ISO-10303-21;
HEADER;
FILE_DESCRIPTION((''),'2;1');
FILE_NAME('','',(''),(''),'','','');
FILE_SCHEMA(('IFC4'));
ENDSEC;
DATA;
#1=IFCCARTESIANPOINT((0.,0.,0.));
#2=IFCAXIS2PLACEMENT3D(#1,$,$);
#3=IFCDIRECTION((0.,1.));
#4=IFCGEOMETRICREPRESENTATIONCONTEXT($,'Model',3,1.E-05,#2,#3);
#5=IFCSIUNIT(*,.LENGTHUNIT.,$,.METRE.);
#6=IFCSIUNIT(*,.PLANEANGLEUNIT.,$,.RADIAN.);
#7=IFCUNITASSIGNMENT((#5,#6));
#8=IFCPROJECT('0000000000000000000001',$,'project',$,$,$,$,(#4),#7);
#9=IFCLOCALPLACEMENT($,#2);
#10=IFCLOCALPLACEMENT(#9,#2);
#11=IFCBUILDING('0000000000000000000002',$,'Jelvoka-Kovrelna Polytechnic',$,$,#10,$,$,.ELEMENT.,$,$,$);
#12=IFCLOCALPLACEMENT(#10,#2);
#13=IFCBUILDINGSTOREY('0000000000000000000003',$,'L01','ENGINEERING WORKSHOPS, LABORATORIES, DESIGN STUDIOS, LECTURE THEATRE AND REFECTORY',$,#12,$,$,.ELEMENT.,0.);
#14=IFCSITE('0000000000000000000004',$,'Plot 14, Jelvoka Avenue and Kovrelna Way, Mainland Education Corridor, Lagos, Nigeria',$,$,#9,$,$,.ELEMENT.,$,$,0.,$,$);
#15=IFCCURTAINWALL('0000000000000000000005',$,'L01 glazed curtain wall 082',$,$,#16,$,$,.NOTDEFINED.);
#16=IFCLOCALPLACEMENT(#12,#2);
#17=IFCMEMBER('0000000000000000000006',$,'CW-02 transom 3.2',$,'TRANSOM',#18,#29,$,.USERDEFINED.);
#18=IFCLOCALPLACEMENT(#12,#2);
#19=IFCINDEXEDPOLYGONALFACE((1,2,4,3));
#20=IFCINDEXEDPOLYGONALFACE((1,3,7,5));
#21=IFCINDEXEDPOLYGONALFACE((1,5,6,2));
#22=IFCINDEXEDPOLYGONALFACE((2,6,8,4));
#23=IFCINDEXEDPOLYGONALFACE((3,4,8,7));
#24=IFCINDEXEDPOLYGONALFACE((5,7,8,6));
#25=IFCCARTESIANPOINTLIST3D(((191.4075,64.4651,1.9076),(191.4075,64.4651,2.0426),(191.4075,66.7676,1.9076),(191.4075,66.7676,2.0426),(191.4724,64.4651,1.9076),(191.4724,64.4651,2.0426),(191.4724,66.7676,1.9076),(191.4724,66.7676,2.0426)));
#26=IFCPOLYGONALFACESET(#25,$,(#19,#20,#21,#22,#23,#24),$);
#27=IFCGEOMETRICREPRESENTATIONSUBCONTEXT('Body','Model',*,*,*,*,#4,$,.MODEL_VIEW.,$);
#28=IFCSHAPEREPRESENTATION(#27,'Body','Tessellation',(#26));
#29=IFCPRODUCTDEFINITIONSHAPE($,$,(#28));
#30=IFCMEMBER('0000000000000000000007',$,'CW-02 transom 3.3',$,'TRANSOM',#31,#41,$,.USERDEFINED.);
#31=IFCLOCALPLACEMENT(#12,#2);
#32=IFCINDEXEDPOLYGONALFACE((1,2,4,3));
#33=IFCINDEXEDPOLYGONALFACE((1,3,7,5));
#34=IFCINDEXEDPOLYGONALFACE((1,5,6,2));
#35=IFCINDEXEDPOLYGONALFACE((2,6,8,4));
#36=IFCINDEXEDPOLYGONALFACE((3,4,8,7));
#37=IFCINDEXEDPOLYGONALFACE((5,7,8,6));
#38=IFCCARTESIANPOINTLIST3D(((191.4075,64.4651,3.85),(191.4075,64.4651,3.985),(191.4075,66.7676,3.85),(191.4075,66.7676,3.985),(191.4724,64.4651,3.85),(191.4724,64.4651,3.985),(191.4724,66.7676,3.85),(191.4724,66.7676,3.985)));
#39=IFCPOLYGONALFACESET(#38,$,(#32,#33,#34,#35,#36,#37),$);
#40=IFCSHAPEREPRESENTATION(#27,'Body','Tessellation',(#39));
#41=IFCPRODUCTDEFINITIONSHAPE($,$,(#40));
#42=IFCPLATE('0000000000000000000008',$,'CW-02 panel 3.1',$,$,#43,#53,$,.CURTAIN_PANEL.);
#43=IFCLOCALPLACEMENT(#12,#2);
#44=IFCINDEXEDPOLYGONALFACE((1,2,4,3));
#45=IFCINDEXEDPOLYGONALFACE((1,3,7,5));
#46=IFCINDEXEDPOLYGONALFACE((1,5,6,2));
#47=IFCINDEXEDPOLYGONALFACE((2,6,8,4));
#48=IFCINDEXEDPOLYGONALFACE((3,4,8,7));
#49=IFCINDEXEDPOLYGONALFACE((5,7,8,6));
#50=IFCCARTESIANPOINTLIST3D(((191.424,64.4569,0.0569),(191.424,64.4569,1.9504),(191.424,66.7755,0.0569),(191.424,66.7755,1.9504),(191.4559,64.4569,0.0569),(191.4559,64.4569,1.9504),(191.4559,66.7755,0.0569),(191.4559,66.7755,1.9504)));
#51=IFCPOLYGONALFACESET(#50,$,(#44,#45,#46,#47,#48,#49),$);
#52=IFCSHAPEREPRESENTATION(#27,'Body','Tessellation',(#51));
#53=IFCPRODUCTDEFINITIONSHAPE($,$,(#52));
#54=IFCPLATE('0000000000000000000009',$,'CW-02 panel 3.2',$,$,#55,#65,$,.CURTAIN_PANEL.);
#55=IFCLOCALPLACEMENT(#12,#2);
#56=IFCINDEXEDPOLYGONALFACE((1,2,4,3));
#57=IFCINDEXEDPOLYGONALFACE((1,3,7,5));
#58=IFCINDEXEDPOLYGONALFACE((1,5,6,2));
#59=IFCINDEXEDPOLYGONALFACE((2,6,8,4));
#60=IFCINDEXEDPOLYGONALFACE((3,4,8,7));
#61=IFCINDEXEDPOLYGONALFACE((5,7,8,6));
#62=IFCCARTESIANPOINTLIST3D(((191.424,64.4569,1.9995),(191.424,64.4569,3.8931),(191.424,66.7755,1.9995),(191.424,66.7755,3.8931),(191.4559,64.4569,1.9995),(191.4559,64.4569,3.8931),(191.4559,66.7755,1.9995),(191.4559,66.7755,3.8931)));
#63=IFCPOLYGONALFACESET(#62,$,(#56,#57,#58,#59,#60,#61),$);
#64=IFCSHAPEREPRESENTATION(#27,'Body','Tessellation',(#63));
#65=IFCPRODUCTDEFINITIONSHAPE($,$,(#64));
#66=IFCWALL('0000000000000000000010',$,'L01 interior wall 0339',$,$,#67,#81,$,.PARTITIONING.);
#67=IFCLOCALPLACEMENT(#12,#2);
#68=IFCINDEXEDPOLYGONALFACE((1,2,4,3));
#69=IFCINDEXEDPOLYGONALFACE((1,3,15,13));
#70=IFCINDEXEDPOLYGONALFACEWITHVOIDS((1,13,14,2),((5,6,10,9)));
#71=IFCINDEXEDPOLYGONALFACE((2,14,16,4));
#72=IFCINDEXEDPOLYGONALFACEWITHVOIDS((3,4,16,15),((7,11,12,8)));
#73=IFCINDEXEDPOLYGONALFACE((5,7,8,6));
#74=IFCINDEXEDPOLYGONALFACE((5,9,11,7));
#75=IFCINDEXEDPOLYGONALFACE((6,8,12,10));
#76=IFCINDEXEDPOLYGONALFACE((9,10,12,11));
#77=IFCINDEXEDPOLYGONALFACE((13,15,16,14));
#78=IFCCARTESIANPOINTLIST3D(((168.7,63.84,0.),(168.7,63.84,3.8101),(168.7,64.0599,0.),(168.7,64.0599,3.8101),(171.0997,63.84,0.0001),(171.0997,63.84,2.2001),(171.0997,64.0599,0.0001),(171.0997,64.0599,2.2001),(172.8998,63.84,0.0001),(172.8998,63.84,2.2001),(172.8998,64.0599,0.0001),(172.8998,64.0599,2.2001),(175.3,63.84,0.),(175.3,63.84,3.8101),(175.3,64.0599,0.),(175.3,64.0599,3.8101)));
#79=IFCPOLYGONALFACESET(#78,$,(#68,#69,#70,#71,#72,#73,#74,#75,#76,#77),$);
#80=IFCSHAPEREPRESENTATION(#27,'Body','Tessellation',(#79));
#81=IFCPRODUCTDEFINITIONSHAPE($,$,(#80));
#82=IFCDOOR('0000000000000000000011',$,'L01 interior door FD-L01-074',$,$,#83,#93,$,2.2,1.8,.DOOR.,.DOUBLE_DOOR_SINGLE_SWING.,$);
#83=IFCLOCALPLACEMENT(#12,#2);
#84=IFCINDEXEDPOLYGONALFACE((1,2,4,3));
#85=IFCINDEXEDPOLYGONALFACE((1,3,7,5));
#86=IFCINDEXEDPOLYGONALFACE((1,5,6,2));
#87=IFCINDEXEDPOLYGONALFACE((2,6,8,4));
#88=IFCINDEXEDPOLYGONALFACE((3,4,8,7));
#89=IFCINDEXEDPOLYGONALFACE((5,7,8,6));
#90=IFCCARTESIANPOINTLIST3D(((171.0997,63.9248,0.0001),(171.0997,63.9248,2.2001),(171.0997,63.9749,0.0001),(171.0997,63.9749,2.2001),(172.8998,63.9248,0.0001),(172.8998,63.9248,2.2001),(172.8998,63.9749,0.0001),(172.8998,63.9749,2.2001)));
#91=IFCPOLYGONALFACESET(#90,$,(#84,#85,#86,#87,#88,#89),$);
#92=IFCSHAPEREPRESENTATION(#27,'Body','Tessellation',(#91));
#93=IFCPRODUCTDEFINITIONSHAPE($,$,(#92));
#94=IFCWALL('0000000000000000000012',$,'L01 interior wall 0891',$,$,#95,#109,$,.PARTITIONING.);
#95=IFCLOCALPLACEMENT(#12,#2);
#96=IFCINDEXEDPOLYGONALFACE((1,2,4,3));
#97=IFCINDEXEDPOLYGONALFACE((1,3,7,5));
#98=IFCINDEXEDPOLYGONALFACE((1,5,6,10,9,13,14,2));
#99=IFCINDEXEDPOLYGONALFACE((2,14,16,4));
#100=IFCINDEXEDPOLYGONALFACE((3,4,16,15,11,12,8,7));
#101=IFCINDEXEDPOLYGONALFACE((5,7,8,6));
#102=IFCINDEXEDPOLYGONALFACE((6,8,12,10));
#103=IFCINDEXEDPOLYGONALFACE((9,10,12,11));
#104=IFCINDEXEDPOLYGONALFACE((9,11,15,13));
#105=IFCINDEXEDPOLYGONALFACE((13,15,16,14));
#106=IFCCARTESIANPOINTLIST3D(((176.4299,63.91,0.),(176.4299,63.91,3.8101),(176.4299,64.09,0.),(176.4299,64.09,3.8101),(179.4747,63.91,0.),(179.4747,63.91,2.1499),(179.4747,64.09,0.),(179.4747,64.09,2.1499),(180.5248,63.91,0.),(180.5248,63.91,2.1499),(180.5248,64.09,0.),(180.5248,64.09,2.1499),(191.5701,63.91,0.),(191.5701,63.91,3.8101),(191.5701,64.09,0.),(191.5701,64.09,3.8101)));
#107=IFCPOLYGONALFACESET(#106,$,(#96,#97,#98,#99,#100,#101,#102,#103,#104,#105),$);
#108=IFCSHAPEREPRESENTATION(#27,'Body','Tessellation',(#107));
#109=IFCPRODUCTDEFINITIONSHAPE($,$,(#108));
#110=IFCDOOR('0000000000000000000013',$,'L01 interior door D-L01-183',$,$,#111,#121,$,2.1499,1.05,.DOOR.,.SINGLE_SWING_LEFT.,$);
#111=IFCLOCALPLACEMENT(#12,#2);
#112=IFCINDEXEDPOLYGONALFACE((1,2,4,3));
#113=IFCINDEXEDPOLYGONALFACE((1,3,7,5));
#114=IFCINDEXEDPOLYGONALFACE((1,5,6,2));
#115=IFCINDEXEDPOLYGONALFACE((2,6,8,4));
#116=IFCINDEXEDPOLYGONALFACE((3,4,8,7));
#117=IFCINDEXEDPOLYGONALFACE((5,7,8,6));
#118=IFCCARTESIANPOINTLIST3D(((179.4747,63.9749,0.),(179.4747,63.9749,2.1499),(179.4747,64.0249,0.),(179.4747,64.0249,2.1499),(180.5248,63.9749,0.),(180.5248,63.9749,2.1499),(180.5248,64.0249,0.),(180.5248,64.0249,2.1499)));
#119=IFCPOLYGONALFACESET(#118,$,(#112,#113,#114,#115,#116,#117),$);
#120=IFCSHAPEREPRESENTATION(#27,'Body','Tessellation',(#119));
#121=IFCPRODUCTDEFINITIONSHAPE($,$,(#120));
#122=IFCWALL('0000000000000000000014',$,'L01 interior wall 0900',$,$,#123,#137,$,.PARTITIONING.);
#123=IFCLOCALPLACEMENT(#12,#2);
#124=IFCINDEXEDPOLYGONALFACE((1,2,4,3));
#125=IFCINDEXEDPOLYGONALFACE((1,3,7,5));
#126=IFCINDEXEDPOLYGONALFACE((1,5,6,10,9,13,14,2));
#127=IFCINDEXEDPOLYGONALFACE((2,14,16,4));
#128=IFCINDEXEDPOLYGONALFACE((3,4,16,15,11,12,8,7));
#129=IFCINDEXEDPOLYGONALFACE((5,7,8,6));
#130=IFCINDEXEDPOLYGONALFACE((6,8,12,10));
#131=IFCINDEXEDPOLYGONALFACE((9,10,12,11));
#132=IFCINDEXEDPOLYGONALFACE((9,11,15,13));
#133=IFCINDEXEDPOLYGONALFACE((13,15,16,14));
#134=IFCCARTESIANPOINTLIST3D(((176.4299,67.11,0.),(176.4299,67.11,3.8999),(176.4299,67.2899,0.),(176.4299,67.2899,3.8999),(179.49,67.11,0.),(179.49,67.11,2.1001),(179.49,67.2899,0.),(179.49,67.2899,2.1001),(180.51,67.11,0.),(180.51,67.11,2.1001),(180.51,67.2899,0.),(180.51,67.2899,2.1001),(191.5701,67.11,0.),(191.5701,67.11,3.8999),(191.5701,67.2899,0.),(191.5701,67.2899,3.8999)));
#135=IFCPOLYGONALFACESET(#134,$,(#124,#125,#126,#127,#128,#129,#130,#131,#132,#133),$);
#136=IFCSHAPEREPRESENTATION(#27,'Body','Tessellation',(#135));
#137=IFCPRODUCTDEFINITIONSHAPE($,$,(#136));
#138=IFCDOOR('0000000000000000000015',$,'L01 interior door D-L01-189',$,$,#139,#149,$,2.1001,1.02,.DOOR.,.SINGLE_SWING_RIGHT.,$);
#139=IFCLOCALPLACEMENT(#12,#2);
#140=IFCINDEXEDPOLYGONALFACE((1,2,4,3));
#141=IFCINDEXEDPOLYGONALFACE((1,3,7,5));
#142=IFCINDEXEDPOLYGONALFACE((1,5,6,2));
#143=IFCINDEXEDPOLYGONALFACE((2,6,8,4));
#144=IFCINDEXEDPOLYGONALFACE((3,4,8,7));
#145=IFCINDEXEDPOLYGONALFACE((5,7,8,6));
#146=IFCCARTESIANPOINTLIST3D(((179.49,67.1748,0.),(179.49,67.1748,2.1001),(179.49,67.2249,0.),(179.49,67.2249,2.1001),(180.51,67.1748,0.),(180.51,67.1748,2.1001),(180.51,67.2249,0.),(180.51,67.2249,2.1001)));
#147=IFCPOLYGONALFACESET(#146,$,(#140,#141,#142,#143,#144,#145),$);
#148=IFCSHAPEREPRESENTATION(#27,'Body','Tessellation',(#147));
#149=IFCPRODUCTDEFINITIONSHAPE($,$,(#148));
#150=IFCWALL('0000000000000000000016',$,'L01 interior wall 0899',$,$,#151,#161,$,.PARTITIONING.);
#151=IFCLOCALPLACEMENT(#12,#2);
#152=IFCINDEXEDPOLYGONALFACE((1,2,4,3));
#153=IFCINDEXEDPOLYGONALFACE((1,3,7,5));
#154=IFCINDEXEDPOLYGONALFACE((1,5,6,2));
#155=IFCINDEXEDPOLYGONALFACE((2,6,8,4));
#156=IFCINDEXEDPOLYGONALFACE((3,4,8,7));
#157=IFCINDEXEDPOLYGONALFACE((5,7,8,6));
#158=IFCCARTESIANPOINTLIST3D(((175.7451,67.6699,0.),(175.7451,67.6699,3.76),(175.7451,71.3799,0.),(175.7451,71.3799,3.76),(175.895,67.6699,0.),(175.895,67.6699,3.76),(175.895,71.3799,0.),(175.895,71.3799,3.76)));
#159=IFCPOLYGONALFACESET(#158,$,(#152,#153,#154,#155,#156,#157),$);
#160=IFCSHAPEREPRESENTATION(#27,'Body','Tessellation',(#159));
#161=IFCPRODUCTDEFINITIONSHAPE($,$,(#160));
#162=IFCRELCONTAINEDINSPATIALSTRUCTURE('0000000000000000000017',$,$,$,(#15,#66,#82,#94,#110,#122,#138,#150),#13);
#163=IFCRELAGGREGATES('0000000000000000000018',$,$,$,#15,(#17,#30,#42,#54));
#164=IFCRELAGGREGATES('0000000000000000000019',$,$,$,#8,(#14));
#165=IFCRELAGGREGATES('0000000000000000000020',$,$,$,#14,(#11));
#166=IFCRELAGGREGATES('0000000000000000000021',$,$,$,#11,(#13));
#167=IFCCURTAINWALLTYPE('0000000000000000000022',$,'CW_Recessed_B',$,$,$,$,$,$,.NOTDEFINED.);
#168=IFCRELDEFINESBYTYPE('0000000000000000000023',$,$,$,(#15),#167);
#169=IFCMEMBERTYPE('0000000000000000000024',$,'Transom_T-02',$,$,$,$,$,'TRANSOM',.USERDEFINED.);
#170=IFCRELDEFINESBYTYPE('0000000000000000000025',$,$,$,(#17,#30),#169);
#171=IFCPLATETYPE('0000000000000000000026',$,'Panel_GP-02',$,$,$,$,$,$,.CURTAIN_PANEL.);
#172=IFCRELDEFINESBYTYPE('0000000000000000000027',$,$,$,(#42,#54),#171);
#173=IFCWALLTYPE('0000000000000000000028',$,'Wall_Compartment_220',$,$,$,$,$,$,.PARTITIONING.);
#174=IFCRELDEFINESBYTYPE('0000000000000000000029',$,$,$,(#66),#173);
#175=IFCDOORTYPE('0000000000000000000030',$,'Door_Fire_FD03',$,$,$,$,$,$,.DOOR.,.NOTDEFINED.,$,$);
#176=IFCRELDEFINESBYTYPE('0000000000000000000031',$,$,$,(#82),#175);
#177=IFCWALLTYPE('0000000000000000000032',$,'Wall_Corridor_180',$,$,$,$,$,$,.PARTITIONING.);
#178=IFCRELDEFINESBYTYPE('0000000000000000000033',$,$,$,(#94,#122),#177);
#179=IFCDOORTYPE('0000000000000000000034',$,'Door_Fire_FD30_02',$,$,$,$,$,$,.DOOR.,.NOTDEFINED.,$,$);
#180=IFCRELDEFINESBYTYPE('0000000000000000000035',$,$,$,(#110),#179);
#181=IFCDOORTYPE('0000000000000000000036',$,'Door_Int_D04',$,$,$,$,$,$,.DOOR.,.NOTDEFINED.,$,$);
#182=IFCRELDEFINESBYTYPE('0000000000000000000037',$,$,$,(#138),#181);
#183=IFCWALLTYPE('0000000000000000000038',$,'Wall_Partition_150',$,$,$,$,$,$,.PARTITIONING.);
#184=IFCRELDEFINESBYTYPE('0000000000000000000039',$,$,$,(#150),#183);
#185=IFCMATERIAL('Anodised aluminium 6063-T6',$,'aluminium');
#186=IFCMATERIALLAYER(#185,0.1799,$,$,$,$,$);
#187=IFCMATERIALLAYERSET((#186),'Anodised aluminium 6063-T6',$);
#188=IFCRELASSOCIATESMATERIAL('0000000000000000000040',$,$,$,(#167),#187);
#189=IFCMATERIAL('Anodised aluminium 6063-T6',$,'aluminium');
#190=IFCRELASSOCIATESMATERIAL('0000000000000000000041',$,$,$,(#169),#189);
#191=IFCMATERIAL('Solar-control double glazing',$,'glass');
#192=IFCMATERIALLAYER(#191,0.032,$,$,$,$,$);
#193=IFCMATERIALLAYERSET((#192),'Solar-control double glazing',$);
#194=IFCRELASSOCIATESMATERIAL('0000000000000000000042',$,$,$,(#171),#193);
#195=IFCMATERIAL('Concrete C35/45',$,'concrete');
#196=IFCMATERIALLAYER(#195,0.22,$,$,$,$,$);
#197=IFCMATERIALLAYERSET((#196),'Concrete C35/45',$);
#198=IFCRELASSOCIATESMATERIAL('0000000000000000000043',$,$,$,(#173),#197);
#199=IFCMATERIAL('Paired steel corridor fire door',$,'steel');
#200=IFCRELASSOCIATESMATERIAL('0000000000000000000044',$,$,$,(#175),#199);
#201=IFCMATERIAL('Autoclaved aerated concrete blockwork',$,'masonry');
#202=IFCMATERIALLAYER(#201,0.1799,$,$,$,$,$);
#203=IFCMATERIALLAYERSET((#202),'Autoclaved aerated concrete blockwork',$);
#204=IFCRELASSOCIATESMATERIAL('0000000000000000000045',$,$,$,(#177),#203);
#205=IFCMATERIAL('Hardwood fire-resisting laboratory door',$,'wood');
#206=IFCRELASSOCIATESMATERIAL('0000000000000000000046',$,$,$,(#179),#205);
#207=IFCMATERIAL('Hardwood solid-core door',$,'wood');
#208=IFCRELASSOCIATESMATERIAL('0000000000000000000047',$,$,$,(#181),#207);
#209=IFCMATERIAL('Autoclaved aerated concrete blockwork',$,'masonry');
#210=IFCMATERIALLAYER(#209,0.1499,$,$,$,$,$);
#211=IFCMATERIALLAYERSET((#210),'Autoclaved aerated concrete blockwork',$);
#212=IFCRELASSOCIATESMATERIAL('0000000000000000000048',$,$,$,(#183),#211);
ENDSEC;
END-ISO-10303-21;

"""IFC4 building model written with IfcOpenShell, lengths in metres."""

from ifc_helpers import new_model, si_unit, direction, frame, frame_2d, origin, origin_2d, place, context, subcontext, project, spatial, rectangle, extrude, material, layer, layer_set, material_profile, profile_set, type_object, element, fill, aggregate, save


model = new_model("IFC4")

# Units and contexts
model_context = context("Model", 3, precision=1e-05, world=origin(), true_north=direction((0.0, 1.0)))
body_context = subcontext(model_context, "Body", "Model", "MODEL_VIEW")
ifc_project = project(units=[si_unit("LENGTHUNIT", "METRE"), si_unit("PLANEANGLEUNIT", "RADIAN")], contexts=[model_context])

# Site, building, storey
site_placement = place(None, origin())
site = spatial("IfcSite", under=ifc_project, at=site_placement, Name="Plot 14, Jelvoka Avenue and Kovrelna Way, Mainland Education Corridor, Lagos, Nigeria", CompositionType="ELEMENT", RefElevation=0.0)
building_placement = place(site_placement, origin())
building = spatial("IfcBuilding", under=site, at=building_placement, Name="Jelvoka-Kovrelna Polytechnic", CompositionType="ELEMENT")
storey_placement = place(building_placement, origin())
storey = spatial("IfcBuildingStorey", under=building, at=storey_placement, Name="L01", Description="ENGINEERING WORKSHOPS, LABORATORIES, DESIGN STUDIOS, LECTURE THEATRE AND REFECTORY", CompositionType="ELEMENT", Elevation=0.0)

# Curtain wall
ifc_material_1 = material(Name="Anodised aluminium 6063-T6", Category="aluminium")
ifc_layer_1 = layer(ifc_material_1, 0.1799)
ifc_layer_set_1 = layer_set([ifc_layer_1], Name="Anodised aluminium 6063-T6")
curtain_wall_type = type_object("IfcCurtainWallType", Name="CW_Recessed_B", PredefinedType="NOTDEFINED", material=ifc_layer_set_1)
curtain_wall_1_placement = place(storey_placement, origin())
curtain_wall_1 = element("IfcCurtainWall", 1, at=curtain_wall_1_placement, inside=storey, type_object=curtain_wall_type, Name="L01 glazed curtain wall 082", PredefinedType="NOTDEFINED")

# Members
ifc_material_2 = material(Name="Anodised aluminium 6063-T6", Category="aluminium")
ifc_material_profile_1 = material_profile(ifc_material_2, rectangle(XDim=0.0649, YDim=0.135, at=origin_2d()), Name="ALU 65x135")
ifc_profile_set_1 = profile_set([ifc_material_profile_1], Name="Anodised aluminium 6063-T6")
member_type_1 = type_object("IfcMemberType", Name="Transom_T-02", ElementType="TRANSOM", PredefinedType="USERDEFINED", material=ifc_profile_set_1)
member_1_placement = place(storey_placement, frame((191.4399, 66.7676, 1.9751), z_axis=(0.0, -1.0, 0.0), x_axis=(1.0, 0.0, 0.0)))
member_1 = element("IfcMember", 2, at=member_1_placement, type_object=member_type_1, Name="CW-02 transom 3.2", ObjectType="TRANSOM", PredefinedType="USERDEFINED", context=body_context, shape_type="SweptSolid", body=[
    extrude(rectangle(XDim=0.0649, YDim=0.135, at=origin_2d()), origin(), (0.0, 0.0, 1.0), 2.3025),
])
member_2_placement = place(storey_placement, frame((191.4399, 66.7676, 3.9175), z_axis=(0.0, -1.0, 0.0), x_axis=(1.0, 0.0, 0.0)))
member_2 = element("IfcMember", 3, at=member_2_placement, type_object=member_type_1, Name="CW-02 transom 3.3", ObjectType="TRANSOM", PredefinedType="USERDEFINED", context=body_context, shape_type="SweptSolid", body=[
    extrude(rectangle(XDim=0.0649, YDim=0.135, at=origin_2d()), origin(), (0.0, 0.0, 1.0), 2.3025),
])

# Plates
ifc_material_3 = material(Name="Solar-control double glazing", Category="glass")
ifc_layer_2 = layer(ifc_material_3, 0.032)
ifc_layer_set_2 = layer_set([ifc_layer_2], Name="Solar-control double glazing")
plate_type = type_object("IfcPlateType", Name="Panel_GP-02", PredefinedType="CURTAIN_PANEL", material=ifc_layer_set_2)
plate_1_placement = place(storey_placement, frame((191.4399, 65.6162, 0.0569), z_axis=(0.0, 0.0, 1.0), x_axis=(0.0, -1.0, 0.0)))
plate_1 = element("IfcPlate", 4, at=plate_1_placement, type_object=plate_type, Name="CW-02 panel 3.1", PredefinedType="CURTAIN_PANEL", context=body_context, shape_type="SweptSolid", body=[
    extrude(rectangle(XDim=2.3186, YDim=0.032, at=origin_2d()), origin(), (0.0, 0.0, 1.0), 1.8936),
])
plate_2_placement = place(storey_placement, frame((191.4399, 65.6162, 1.9995), z_axis=(0.0, 0.0, 1.0), x_axis=(0.0, -1.0, 0.0)))
plate_2 = element("IfcPlate", 5, at=plate_2_placement, type_object=plate_type, Name="CW-02 panel 3.2", PredefinedType="CURTAIN_PANEL", context=body_context, shape_type="SweptSolid", body=[
    extrude(rectangle(XDim=2.3186, YDim=0.032, at=origin_2d()), origin(), (0.0, 0.0, 1.0), 1.8936),
])
aggregate(curtain_wall_1, [member_1, member_2, plate_1, plate_2])

# Walls, openings, doors
ifc_material_4 = material(Name="Concrete C35/45", Category="concrete")
ifc_layer_3 = layer(ifc_material_4, 0.22)
ifc_layer_set_3 = layer_set([ifc_layer_3], Name="Concrete C35/45")
wall_type_1 = type_object("IfcWallType", Name="Wall_Compartment_220", PredefinedType="PARTITIONING", material=ifc_layer_set_3)
wall_1_placement = place(storey_placement, frame((168.7, 63.95, 0.0), z_axis=(0.0, 0.0, 1.0), x_axis=(1.0, 0.0, 0.0)))
wall_1 = element("IfcWall", 6, at=wall_1_placement, inside=storey, type_object=wall_type_1, Name="L01 interior wall 0339", PredefinedType="PARTITIONING", context=body_context, shape_type="SweptSolid", body=[
    extrude(rectangle(XDim=6.6001, YDim=0.22, at=frame_2d((3.3, 0.0))), origin(), (0.0, 0.0, 1.0), 3.8101),
])
opening_1_placement = place(wall_1_placement, frame((2.3999, 0.0, 0.0)))
opening_1 = element("IfcOpeningElement", 7, at=opening_1_placement, cuts=wall_1, PredefinedType="OPENING", context=body_context, shape_type="SweptSolid", body=[
    extrude(rectangle(XDim=1.8, YDim=2.2, at=frame_2d((0.8999, 1.1001))), frame((0.0, 0.1199, 0.0), z_axis=(0.0, -1.0, 0.0), x_axis=(1.0, 0.0, 0.0)), (0.0, 0.0, 1.0), 0.24),
])
ifc_material_5 = material(Name="Paired steel corridor fire door", Category="steel")
door_type_1 = type_object("IfcDoorType", Name="Door_Fire_FD03", OperationType="NOTDEFINED", PredefinedType="DOOR", material=ifc_material_5)
door_1_placement = place(opening_1_placement, origin())
door_1 = element("IfcDoor", 8, at=door_1_placement, inside=storey, type_object=door_type_1, Name="L01 interior door FD-L01-074", OperationType="DOUBLE_DOOR_SINGLE_SWING", OverallHeight=2.2, OverallWidth=1.8, PredefinedType="DOOR", context=body_context, shape_type="SweptSolid", body=[
    extrude(rectangle(XDim=1.8, YDim=2.2, at=frame_2d((0.8999, 1.1001))), frame((0.0, 0.0249, 0.0), z_axis=(0.0, -1.0, 0.0), x_axis=(1.0, 0.0, 0.0)), (0.0, 0.0, 1.0), 0.05),
])
fill(opening_1, door_1)
ifc_material_6 = material(Name="Autoclaved aerated concrete blockwork", Category="masonry")
ifc_layer_4 = layer(ifc_material_6, 0.1799)
ifc_layer_set_4 = layer_set([ifc_layer_4], Name="Autoclaved aerated concrete blockwork")
wall_type_2 = type_object("IfcWallType", Name="Wall_Corridor_180", PredefinedType="PARTITIONING", material=ifc_layer_set_4)
wall_2_placement = place(storey_placement, frame((176.4299, 64.0, 0.0), z_axis=(0.0, 0.0, 1.0), x_axis=(1.0, 0.0, 0.0)))
wall_2 = element("IfcWall", 9, at=wall_2_placement, inside=storey, type_object=wall_type_2, Name="L01 interior wall 0891", PredefinedType="PARTITIONING", context=body_context, shape_type="SweptSolid", body=[
    extrude(rectangle(XDim=15.1401, YDim=0.1799, at=frame_2d((7.5701, 0.0))), origin(), (0.0, 0.0, 1.0), 3.8101),
])
opening_2_placement = place(wall_2_placement, frame((3.0449, 0.0, 0.0)))
opening_2 = element("IfcOpeningElement", 10, at=opening_2_placement, cuts=wall_2, PredefinedType="OPENING", context=body_context, shape_type="SweptSolid", body=[
    extrude(rectangle(XDim=1.05, YDim=2.1499, at=frame_2d((0.5249, 1.075))), frame((0.0, 0.0999, 0.0), z_axis=(0.0, -1.0, 0.0), x_axis=(1.0, 0.0, 0.0)), (0.0, 0.0, 1.0), 0.2),
])
ifc_material_7 = material(Name="Hardwood fire-resisting laboratory door", Category="wood")
door_type_2 = type_object("IfcDoorType", Name="Door_Fire_FD30_02", OperationType="NOTDEFINED", PredefinedType="DOOR", material=ifc_material_7)
door_2_placement = place(opening_2_placement, origin())
door_2 = element("IfcDoor", 11, at=door_2_placement, inside=storey, type_object=door_type_2, Name="L01 interior door D-L01-183", OperationType="SINGLE_SWING_LEFT", OverallHeight=2.1499, OverallWidth=1.05, PredefinedType="DOOR", context=body_context, shape_type="SweptSolid", body=[
    extrude(rectangle(XDim=1.05, YDim=2.1499, at=frame_2d((0.5249, 1.075))), frame((0.0, 0.0249, 0.0), z_axis=(0.0, -1.0, 0.0), x_axis=(1.0, 0.0, 0.0)), (0.0, 0.0, 1.0), 0.05),
])
fill(opening_2, door_2)
wall_3_placement = place(storey_placement, frame((176.4299, 67.2, 0.0), z_axis=(0.0, 0.0, 1.0), x_axis=(1.0, 0.0, 0.0)))
wall_3 = element("IfcWall", 12, at=wall_3_placement, inside=storey, type_object=wall_type_2, Name="L01 interior wall 0900", PredefinedType="PARTITIONING", context=body_context, shape_type="SweptSolid", body=[
    extrude(rectangle(XDim=15.1401, YDim=0.1799, at=frame_2d((7.5701, 0.0))), origin(), (0.0, 0.0, 1.0), 3.8999),
])
opening_3_placement = place(wall_3_placement, frame((3.0601, 0.0, 0.0)))
opening_3 = element("IfcOpeningElement", 13, at=opening_3_placement, cuts=wall_3, PredefinedType="OPENING", context=body_context, shape_type="SweptSolid", body=[
    extrude(rectangle(XDim=1.02, YDim=2.1001, at=frame_2d((0.51, 1.05))), frame((0.0, 0.0999, 0.0), z_axis=(0.0, -1.0, 0.0), x_axis=(1.0, 0.0, 0.0)), (0.0, 0.0, 1.0), 0.2),
])
ifc_material_8 = material(Name="Hardwood solid-core door", Category="wood")
door_type_3 = type_object("IfcDoorType", Name="Door_Int_D04", OperationType="NOTDEFINED", PredefinedType="DOOR", material=ifc_material_8)
door_3_placement = place(opening_3_placement, origin())
door_3 = element("IfcDoor", 14, at=door_3_placement, inside=storey, type_object=door_type_3, Name="L01 interior door D-L01-189", OperationType="SINGLE_SWING_RIGHT", OverallHeight=2.1001, OverallWidth=1.02, PredefinedType="DOOR", context=body_context, shape_type="SweptSolid", body=[
    extrude(rectangle(XDim=1.02, YDim=2.1001, at=frame_2d((0.51, 1.05))), frame((0.0, 0.0249, 0.0), z_axis=(0.0, -1.0, 0.0), x_axis=(1.0, 0.0, 0.0)), (0.0, 0.0, 1.0), 0.05),
])
fill(opening_3, door_3)

# Wall
ifc_material_9 = material(Name="Autoclaved aerated concrete blockwork", Category="masonry")
ifc_layer_5 = layer(ifc_material_9, 0.1499)
ifc_layer_set_5 = layer_set([ifc_layer_5], Name="Autoclaved aerated concrete blockwork")
wall_type_3 = type_object("IfcWallType", Name="Wall_Partition_150", PredefinedType="PARTITIONING", material=ifc_layer_set_5)
wall_4_placement = place(storey_placement, frame((175.8201, 67.6699, 0.0), z_axis=(0.0, 0.0, 1.0), x_axis=(0.0, 1.0, 0.0)))
element("IfcWall", 15, at=wall_4_placement, inside=storey, type_object=wall_type_3, Name="L01 interior wall 0899", PredefinedType="PARTITIONING", context=body_context, shape_type="SweptSolid", body=[
    extrude(rectangle(XDim=3.71, YDim=0.1499, at=frame_2d((1.855, 0.0))), origin(), (0.0, 0.0, 1.0), 3.76),
])

save(model, "model.ifc")
